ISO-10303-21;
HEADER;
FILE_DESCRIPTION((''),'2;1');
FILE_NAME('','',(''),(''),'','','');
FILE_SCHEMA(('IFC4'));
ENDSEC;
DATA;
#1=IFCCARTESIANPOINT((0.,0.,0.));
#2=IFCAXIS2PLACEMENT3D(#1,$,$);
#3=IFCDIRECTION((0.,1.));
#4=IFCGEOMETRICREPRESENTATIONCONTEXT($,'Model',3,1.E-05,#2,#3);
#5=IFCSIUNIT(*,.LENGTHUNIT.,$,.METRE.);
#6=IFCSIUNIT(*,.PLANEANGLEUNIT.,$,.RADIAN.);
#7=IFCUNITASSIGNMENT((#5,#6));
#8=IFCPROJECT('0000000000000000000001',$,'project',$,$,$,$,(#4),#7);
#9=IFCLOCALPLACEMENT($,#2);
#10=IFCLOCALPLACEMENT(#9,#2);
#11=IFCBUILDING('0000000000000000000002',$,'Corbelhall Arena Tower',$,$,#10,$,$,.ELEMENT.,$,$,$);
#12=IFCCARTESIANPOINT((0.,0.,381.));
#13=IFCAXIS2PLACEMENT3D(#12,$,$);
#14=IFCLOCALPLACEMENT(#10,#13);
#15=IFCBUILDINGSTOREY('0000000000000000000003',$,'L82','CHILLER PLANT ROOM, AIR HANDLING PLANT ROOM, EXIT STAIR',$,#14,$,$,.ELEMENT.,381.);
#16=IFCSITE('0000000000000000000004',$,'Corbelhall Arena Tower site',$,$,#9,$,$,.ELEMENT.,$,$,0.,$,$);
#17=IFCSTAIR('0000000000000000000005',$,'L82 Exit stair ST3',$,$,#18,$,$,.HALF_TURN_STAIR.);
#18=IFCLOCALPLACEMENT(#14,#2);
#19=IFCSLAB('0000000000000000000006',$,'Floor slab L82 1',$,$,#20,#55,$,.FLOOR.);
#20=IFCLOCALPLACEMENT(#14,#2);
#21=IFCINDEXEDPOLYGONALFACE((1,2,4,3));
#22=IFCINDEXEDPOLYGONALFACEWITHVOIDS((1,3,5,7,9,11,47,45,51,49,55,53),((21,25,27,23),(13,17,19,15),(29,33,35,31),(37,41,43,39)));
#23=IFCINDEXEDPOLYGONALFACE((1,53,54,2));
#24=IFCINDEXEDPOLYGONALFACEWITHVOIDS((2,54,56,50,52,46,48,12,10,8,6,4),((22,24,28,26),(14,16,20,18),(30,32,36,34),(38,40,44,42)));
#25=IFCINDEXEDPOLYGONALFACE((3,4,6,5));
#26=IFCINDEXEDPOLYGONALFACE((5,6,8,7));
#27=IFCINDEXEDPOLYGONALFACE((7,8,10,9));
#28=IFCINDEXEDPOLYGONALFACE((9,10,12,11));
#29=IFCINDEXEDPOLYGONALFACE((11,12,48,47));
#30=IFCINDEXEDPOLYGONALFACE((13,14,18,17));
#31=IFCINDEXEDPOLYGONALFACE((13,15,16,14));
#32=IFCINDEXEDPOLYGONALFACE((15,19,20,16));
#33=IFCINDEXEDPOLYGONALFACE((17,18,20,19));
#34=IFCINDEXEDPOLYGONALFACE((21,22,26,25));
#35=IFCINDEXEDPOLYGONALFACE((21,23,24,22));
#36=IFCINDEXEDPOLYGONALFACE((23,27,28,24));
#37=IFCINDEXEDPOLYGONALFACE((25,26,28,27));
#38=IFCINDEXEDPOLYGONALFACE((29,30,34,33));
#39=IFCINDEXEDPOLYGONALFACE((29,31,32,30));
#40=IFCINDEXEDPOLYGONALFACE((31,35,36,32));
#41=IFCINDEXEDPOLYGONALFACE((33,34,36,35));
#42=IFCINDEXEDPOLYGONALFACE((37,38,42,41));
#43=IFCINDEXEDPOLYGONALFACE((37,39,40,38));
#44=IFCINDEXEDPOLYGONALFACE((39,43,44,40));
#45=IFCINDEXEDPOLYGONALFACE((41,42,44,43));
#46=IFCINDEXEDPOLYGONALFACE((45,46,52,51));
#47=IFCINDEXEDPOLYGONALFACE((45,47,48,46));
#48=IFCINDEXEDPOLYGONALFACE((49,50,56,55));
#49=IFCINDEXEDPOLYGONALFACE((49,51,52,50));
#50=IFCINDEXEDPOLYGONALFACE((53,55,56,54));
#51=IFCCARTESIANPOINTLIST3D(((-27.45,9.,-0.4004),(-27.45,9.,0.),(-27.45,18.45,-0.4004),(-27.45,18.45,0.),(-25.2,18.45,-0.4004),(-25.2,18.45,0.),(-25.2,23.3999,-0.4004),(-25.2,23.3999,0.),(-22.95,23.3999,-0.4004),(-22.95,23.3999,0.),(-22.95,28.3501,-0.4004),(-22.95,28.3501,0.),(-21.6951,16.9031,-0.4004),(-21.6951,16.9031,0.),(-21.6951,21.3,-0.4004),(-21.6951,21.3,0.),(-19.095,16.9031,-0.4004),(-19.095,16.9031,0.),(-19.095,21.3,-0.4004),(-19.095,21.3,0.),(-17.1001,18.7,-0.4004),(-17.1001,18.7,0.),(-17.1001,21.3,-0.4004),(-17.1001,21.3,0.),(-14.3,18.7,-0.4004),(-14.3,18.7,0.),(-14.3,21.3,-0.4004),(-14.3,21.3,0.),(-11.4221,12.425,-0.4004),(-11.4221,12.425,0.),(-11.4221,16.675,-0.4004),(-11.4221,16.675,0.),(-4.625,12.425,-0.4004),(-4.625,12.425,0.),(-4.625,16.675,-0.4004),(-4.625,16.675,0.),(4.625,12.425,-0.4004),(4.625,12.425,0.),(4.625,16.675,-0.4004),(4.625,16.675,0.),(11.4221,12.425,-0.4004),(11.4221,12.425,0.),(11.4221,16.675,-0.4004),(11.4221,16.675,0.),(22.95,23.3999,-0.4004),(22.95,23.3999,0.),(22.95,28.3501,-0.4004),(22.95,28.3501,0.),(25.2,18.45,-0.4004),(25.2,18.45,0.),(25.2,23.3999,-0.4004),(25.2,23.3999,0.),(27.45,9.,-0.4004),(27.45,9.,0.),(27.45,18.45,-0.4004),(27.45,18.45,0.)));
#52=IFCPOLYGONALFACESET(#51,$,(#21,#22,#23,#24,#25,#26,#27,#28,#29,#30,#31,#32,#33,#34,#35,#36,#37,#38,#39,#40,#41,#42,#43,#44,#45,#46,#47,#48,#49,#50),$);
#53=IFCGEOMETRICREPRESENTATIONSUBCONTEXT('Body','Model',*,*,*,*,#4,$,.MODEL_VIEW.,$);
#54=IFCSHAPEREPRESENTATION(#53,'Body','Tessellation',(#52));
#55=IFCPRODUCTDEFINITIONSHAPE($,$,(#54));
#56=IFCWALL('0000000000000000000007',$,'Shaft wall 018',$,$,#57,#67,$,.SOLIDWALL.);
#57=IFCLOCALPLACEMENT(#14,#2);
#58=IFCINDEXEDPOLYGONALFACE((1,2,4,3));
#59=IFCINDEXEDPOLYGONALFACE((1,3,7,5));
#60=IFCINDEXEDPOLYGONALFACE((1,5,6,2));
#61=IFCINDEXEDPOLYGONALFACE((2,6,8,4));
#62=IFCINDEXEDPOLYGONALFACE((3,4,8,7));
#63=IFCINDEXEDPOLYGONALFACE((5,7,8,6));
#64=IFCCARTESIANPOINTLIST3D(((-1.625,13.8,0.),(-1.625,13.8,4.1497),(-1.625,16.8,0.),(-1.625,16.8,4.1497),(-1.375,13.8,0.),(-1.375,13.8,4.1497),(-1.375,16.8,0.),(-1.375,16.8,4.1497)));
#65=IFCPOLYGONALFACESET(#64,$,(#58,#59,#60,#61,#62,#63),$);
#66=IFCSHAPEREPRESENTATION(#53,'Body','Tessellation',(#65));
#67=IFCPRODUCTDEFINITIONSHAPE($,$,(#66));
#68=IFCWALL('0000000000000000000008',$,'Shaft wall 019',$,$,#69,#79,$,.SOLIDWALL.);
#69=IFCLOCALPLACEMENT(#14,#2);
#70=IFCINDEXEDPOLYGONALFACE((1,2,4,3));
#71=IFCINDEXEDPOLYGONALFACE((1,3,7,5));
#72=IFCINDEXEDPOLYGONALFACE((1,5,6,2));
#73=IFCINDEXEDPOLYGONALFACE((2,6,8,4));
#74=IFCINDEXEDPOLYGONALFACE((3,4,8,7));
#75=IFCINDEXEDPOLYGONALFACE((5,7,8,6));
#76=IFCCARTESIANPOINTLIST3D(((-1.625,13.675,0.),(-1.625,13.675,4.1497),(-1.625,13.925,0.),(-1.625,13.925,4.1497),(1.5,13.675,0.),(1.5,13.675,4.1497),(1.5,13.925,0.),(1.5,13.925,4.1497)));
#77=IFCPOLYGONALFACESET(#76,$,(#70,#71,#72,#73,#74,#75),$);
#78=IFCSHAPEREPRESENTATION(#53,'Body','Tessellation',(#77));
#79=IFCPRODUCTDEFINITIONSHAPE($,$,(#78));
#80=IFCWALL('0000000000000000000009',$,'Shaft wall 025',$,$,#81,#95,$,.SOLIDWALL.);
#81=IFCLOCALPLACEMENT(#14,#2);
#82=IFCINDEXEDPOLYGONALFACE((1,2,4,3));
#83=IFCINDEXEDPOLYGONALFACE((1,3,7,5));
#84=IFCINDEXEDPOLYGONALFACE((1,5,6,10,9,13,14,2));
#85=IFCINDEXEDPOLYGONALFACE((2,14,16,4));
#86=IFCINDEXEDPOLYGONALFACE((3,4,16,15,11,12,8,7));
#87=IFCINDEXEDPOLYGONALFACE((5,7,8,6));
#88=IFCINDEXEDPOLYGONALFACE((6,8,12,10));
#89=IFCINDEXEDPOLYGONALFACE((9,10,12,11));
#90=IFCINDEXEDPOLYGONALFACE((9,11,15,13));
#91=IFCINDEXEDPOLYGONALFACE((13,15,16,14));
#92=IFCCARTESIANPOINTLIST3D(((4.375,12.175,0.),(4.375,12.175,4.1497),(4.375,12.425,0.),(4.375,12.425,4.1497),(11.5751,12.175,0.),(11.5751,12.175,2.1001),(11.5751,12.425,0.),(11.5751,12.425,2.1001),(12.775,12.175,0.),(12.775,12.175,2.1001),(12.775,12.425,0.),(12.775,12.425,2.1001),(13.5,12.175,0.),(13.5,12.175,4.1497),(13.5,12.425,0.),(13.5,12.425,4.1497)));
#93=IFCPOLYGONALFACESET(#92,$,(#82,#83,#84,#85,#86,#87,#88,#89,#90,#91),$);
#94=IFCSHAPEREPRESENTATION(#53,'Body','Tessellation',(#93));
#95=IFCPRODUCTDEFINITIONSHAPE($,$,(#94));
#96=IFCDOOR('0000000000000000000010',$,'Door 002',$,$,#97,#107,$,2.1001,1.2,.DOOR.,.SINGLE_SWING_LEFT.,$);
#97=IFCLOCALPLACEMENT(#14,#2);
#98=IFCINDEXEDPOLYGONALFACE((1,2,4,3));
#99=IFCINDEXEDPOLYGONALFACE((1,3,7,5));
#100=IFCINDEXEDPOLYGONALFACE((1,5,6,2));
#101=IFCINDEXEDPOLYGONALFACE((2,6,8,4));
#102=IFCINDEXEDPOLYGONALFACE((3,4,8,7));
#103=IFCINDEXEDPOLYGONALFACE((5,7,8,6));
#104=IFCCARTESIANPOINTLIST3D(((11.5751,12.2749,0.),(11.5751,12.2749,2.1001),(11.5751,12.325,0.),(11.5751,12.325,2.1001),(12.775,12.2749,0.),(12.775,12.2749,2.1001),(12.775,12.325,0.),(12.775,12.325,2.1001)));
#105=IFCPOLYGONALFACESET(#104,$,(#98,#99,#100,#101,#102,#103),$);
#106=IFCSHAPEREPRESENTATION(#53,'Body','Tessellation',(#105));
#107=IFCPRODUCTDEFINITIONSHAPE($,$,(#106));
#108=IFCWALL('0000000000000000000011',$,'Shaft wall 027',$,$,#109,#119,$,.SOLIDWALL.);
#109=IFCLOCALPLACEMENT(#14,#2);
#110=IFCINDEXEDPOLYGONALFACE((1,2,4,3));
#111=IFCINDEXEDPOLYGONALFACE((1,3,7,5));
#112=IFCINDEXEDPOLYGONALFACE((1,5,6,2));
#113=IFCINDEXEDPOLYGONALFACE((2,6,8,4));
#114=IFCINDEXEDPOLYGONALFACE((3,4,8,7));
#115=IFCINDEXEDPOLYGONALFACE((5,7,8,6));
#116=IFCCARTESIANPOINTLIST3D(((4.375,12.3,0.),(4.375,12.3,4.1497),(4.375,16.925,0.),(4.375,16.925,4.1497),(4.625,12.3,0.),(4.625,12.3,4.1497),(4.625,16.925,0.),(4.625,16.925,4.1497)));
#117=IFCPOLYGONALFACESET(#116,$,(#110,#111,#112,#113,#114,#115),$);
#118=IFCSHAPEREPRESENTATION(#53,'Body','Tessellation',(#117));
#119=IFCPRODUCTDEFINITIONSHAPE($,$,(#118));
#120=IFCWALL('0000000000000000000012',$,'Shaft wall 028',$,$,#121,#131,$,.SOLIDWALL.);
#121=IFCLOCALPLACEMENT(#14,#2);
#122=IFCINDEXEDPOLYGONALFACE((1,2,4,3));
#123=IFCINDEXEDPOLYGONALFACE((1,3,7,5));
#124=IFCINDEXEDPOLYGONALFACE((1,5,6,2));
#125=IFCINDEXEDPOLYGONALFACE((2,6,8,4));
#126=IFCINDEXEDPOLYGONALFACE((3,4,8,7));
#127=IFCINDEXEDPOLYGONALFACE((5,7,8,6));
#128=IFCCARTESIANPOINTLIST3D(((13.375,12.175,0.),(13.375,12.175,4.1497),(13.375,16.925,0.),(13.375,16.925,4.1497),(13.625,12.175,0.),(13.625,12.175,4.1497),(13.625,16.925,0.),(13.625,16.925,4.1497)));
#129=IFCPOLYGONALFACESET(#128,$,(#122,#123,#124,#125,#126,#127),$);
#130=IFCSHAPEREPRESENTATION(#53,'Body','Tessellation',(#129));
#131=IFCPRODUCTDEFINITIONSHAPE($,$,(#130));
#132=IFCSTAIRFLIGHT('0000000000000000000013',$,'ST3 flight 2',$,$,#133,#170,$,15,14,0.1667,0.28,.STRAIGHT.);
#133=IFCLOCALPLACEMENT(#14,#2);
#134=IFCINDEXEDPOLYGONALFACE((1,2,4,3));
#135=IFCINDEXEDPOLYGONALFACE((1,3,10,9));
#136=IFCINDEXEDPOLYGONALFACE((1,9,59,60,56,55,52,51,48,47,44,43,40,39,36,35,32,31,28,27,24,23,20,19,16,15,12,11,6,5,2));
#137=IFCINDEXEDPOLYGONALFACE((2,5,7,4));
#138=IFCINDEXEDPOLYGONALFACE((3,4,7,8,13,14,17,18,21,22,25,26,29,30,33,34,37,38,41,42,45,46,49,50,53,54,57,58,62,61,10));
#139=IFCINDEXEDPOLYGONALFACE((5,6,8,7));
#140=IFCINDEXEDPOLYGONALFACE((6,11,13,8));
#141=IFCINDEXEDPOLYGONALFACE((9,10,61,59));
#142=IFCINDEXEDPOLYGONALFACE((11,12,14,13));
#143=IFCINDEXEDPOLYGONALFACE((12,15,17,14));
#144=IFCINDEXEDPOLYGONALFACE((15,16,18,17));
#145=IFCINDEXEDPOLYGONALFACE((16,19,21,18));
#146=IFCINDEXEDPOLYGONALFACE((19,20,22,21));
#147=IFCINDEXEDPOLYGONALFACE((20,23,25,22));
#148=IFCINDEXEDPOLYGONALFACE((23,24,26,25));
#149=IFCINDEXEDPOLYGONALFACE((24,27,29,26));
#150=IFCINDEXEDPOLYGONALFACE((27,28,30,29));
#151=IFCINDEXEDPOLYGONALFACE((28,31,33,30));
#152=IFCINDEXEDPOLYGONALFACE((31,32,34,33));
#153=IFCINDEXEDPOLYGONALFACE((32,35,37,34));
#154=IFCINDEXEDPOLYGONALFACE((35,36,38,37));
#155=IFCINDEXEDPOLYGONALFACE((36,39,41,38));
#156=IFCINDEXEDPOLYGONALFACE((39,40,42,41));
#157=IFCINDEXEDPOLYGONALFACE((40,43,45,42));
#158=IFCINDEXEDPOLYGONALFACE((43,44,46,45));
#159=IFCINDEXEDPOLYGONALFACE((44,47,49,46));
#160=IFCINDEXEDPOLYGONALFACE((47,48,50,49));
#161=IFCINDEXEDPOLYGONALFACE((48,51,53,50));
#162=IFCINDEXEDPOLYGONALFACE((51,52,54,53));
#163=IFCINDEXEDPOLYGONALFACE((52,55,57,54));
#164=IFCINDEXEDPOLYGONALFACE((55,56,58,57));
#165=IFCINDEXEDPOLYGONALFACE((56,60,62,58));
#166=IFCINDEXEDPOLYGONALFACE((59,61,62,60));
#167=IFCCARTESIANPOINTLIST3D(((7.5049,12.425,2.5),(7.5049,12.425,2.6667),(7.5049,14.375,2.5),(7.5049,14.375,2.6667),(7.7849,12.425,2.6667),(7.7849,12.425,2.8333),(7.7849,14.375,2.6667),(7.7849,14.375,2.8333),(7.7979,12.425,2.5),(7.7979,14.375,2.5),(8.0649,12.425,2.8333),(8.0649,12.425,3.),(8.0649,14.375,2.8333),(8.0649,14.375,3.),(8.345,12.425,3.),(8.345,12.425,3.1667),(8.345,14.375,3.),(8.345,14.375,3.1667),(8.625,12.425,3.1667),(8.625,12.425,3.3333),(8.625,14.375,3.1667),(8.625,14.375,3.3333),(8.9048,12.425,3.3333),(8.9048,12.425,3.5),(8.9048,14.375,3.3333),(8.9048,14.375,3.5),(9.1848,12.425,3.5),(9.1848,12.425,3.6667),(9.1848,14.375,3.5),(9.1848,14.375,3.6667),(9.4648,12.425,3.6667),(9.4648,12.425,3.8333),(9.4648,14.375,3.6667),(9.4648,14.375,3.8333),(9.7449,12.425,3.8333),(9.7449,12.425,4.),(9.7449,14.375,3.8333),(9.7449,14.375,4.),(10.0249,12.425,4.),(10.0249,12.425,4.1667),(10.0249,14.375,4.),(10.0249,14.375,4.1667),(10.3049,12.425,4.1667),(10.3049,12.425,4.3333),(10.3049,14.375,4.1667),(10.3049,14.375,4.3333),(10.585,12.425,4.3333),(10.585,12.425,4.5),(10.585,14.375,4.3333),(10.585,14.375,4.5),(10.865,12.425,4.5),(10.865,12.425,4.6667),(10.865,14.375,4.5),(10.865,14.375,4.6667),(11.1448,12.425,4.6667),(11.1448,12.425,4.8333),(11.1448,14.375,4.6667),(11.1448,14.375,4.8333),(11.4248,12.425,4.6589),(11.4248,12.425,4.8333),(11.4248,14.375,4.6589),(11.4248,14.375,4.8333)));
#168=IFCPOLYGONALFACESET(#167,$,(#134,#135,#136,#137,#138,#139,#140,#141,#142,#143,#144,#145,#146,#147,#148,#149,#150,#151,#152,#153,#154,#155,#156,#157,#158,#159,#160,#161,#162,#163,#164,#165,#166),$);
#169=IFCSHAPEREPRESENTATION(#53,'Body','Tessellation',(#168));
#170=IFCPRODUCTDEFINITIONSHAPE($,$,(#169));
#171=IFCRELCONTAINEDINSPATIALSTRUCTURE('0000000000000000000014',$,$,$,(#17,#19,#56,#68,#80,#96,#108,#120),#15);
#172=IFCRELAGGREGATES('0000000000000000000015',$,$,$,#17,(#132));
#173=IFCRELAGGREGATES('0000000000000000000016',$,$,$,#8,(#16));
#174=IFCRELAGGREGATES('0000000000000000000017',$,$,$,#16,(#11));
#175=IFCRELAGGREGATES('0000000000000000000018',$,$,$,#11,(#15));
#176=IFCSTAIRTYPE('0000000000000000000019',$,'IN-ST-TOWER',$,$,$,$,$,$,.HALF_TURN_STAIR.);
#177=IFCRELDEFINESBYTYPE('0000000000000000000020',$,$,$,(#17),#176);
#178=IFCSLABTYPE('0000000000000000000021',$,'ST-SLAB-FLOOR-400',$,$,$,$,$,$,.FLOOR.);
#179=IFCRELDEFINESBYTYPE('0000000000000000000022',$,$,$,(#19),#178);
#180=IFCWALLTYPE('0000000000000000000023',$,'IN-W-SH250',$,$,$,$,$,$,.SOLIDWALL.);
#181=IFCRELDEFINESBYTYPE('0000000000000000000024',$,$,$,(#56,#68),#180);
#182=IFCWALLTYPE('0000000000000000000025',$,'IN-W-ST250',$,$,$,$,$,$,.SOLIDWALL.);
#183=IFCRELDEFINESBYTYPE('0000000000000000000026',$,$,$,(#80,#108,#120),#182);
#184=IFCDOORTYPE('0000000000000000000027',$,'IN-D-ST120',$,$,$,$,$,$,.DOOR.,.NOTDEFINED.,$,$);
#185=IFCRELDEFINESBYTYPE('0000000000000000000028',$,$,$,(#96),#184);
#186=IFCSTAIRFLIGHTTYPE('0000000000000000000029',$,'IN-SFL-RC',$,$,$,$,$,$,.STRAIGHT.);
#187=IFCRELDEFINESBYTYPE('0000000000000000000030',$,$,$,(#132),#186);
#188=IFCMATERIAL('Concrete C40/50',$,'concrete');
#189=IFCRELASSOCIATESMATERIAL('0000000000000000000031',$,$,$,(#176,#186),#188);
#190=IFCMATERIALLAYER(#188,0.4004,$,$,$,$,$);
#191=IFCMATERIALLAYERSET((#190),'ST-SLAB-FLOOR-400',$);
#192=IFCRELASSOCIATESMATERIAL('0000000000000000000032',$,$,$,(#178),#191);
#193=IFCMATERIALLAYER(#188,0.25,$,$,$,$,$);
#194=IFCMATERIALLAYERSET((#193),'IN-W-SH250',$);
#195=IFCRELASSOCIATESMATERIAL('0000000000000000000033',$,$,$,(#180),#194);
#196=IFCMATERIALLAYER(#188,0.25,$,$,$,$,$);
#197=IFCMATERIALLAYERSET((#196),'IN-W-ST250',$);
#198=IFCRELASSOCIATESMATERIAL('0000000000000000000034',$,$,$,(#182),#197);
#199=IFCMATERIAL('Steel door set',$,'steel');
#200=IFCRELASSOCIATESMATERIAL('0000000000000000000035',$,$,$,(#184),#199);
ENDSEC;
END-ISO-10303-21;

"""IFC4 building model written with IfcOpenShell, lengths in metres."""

from ifc_helpers import new_model, si_unit, direction, frame, frame_2d, origin, place, context, subcontext, project, spatial, polyline, rectangle, outline, extrude, material, layer, layer_set, type_object, element, fill, aggregate, save


model = new_model("IFC4")

# Units and contexts
model_context = context("Model", 3, precision=1e-05, world=origin(), true_north=direction((0.0, 1.0)))
body_context = subcontext(model_context, "Body", "Model", "MODEL_VIEW")
ifc_project = project(units=[si_unit("LENGTHUNIT", "METRE"), si_unit("PLANEANGLEUNIT", "RADIAN")], contexts=[model_context])

# Site, building, storey
site_placement = place(None, origin())
site = spatial("IfcSite", under=ifc_project, at=site_placement, Name="Corbelhall Arena Tower site", CompositionType="ELEMENT", RefElevation=0.0)
building_placement = place(site_placement, origin())
building = spatial("IfcBuilding", under=site, at=building_placement, Name="Corbelhall Arena Tower", CompositionType="ELEMENT")
storey_placement = place(building_placement, frame((0.0, 0.0, 381.0)))
storey = spatial("IfcBuildingStorey", under=building, at=storey_placement, Name="L82", Description="CHILLER PLANT ROOM, AIR HANDLING PLANT ROOM, EXIT STAIR", CompositionType="ELEMENT", Elevation=381.0)

# Stair
ifc_material_1 = material(Name="Concrete C40/50", Category="concrete")
stair_type = type_object("IfcStairType", Name="IN-ST-TOWER", PredefinedType="HALF_TURN_STAIR", material=ifc_material_1)
stair_1_placement = place(storey_placement, origin())
stair_1 = element("IfcStair", 1, at=stair_1_placement, inside=storey, type_object=stair_type, Name="L82 Exit stair ST3", PredefinedType="HALF_TURN_STAIR")

# Slab
ifc_layer_1 = layer(ifc_material_1, 0.4004)
ifc_layer_set_1 = layer_set([ifc_layer_1], Name="ST-SLAB-FLOOR-400")
slab_type_1 = type_object("IfcSlabType", Name="ST-SLAB-FLOOR-400", PredefinedType="FLOOR", material=ifc_layer_set_1)
slab_1_placement = place(storey_placement, frame((0.0, 0.0, -0.4004)))
element("IfcSlab", 2, at=slab_1_placement, inside=storey, type_object=slab_type_1, Name="Floor slab L82 1", PredefinedType="FLOOR", context=body_context, shape_type="SweptSolid", body=[
    extrude(outline(polyline([(22.95, 23.3999), (22.95, 28.3501), (-22.95, 28.3501), (-22.95, 23.3999), (-25.2, 23.3999), (-25.2, 18.45), (-27.45, 18.45), (-27.45, 9.0), (27.45, 9.0), (27.45, 18.45), (25.2, 18.45), (25.2, 23.3999), (22.95, 23.3999)]), holes=[polyline([(-11.4221, 12.425), (-4.625, 12.425), (-4.625, 16.675), (-11.4221, 16.675), (-11.4221, 12.425)]), polyline([(11.4221, 12.425), (11.4221, 16.675), (4.625, 16.675), (4.625, 12.425), (11.4221, 12.425)]), polyline([(-21.6951, 21.3), (-21.6951, 16.9031), (-19.095, 16.9031), (-19.095, 21.3), (-21.6951, 21.3)]), polyline([(-14.3, 21.3), (-17.1001, 21.3), (-17.1001, 18.7), (-14.3, 18.7), (-14.3, 21.3)])]), origin(), (0.0, 0.0, 1.0), 0.4004),
])

# Walls
ifc_layer_2 = layer(ifc_material_1, 0.25)
ifc_layer_set_2 = layer_set([ifc_layer_2], Name="IN-W-SH250")
wall_type_1 = type_object("IfcWallType", Name="IN-W-SH250", PredefinedType="SOLIDWALL", material=ifc_layer_set_2)
wall_1_placement = place(storey_placement, frame((-1.5, 13.8, 0.0), z_axis=(0.0, 0.0, 1.0), x_axis=(0.0, 1.0, 0.0)))
element("IfcWall", 3, at=wall_1_placement, inside=storey, type_object=wall_type_1, Name="Shaft wall 018", PredefinedType="SOLIDWALL", context=body_context, shape_type="SweptSolid", body=[
    extrude(rectangle(XDim=3.0, YDim=0.25, at=frame_2d((1.5, 0.0))), origin(), (0.0, 0.0, 1.0), 4.1497),
])
wall_2_placement = place(storey_placement, frame((1.5, 13.8, 0.0), z_axis=(0.0, 0.0, 1.0), x_axis=(-1.0, 0.0, 0.0)))
element("IfcWall", 4, at=wall_2_placement, inside=storey, type_object=wall_type_1, Name="Shaft wall 019", PredefinedType="SOLIDWALL", context=body_context, shape_type="SweptSolid", body=[
    extrude(rectangle(XDim=3.125, YDim=0.25, at=frame_2d((1.5625, 0.0))), origin(), (0.0, 0.0, 1.0), 4.1497),
])

# Wall, opening, door
ifc_layer_3 = layer(ifc_material_1, 0.25)
ifc_layer_set_3 = layer_set([ifc_layer_3], Name="IN-W-ST250")
wall_type_2 = type_object("IfcWallType", Name="IN-W-ST250", PredefinedType="SOLIDWALL", material=ifc_layer_set_3)
wall_3_placement = place(storey_placement, frame((4.375, 12.3, 0.0), z_axis=(0.0, 0.0, 1.0), x_axis=(1.0, 0.0, 0.0)))
wall_3 = element("IfcWall", 5, at=wall_3_placement, inside=storey, type_object=wall_type_2, Name="Shaft wall 025", PredefinedType="SOLIDWALL", context=body_context, shape_type="SweptSolid", body=[
    extrude(rectangle(XDim=9.125, YDim=0.25, at=frame_2d((4.5625, 0.0))), origin(), (0.0, 0.0, 1.0), 4.1497),
])
opening_placement = place(wall_3_placement, frame((7.2, 0.0, 0.0)))
opening = element("IfcOpeningElement", 6, at=opening_placement, cuts=wall_3, PredefinedType="OPENING", context=body_context, shape_type="SweptSolid", body=[
    extrude(rectangle(XDim=1.2, YDim=2.1001, at=frame_2d((0.6001, 1.05))), frame((0.0, 0.125, 0.0), z_axis=(0.0, -1.0, 0.0), x_axis=(1.0, 0.0, 0.0)), (0.0, 0.0, 1.0), 0.25),
])
ifc_material_2 = material(Name="Steel door set", Category="steel")
door_type = type_object("IfcDoorType", Name="IN-D-ST120", OperationType="NOTDEFINED", PredefinedType="DOOR", material=ifc_material_2)
door_placement = place(opening_placement, origin())
door = element("IfcDoor", 7, at=door_placement, inside=storey, type_object=door_type, Name="Door 002", OperationType="SINGLE_SWING_LEFT", OverallHeight=2.1001, OverallWidth=1.2, PredefinedType="DOOR", context=body_context, shape_type="SweptSolid", body=[
    extrude(rectangle(XDim=1.2, YDim=2.1001, at=frame_2d((0.6001, 1.05))), frame((0.0, 0.0249, 0.0), z_axis=(0.0, -1.0, 0.0), x_axis=(1.0, 0.0, 0.0)), (0.0, 0.0, 1.0), 0.05),
])
fill(opening, door)

# Walls
wall_4_placement = place(storey_placement, frame((4.5, 12.3, 0.0), z_axis=(0.0, 0.0, 1.0), x_axis=(0.0, 1.0, 0.0)))
element("IfcWall", 8, at=wall_4_placement, inside=storey, type_object=wall_type_2, Name="Shaft wall 027", PredefinedType="SOLIDWALL", context=body_context, shape_type="SweptSolid", body=[
    extrude(rectangle(XDim=4.625, YDim=0.25, at=frame_2d((2.3125, 0.0))), origin(), (0.0, 0.0, 1.0), 4.1497),
])
wall_5_placement = place(storey_placement, frame((13.5, 12.175, 0.0), z_axis=(0.0, 0.0, 1.0), x_axis=(0.0, 1.0, 0.0)))
element("IfcWall", 9, at=wall_5_placement, inside=storey, type_object=wall_type_2, Name="Shaft wall 028", PredefinedType="SOLIDWALL", context=body_context, shape_type="SweptSolid", body=[
    extrude(rectangle(XDim=4.75, YDim=0.25, at=frame_2d((2.375, 0.0))), origin(), (0.0, 0.0, 1.0), 4.1497),
])

# Stair flight
stair_flight_type = type_object("IfcStairFlightType", Name="IN-SFL-RC", PredefinedType="STRAIGHT", material=ifc_material_1)
stair_flight_placement = place(storey_placement, frame((7.5049, 13.3999, 2.5), z_axis=(0.0, 0.0, 1.0), x_axis=(1.0, 0.0, 0.0)))
stair_flight = element("IfcStairFlight", 10, at=stair_flight_placement, type_object=stair_flight_type, Name="ST3 flight 2", NumberOfRisers=15, NumberOfTreads=14, PredefinedType="STRAIGHT", RiserHeight=0.1667, TreadLength=0.28, context=body_context, shape_type="SweptSolid", body=[
    extrude(outline(polyline([(0.0, 0.0), (0.0, 0.1667), (0.28, 0.1667), (0.28, 0.3333), (0.5601, 0.3333), (0.5601, 0.5), (0.8401, 0.5), (0.8401, 0.6667), (1.1201, 0.6667), (1.1201, 0.8333), (1.3999, 0.8333), (1.3999, 1.0), (1.6799, 1.0), (1.6799, 1.1667), (1.96, 1.1667), (1.96, 1.3333), (2.24, 1.3333), (2.24, 1.5), (2.52, 1.5), (2.52, 1.6667), (2.8, 1.6667), (2.8, 1.8333), (3.0801, 1.8333), (3.0801, 2.0), (3.3601, 2.0), (3.3601, 2.1667), (3.6399, 2.1667), (3.6399, 2.3333), (3.9199, 2.3333), (3.9199, 2.5), (3.9199, 2.1589), (0.293, 0.0), (0.0, 0.0)])), frame((0.0, 0.9751, 0.0), z_axis=(0.0, -1.0, 0.0), x_axis=(1.0, 0.0, 0.0)), (0.0, 0.0, 1.0), 1.95),
])
aggregate(stair_1, [stair_flight])

save(model, "model.ifc")
